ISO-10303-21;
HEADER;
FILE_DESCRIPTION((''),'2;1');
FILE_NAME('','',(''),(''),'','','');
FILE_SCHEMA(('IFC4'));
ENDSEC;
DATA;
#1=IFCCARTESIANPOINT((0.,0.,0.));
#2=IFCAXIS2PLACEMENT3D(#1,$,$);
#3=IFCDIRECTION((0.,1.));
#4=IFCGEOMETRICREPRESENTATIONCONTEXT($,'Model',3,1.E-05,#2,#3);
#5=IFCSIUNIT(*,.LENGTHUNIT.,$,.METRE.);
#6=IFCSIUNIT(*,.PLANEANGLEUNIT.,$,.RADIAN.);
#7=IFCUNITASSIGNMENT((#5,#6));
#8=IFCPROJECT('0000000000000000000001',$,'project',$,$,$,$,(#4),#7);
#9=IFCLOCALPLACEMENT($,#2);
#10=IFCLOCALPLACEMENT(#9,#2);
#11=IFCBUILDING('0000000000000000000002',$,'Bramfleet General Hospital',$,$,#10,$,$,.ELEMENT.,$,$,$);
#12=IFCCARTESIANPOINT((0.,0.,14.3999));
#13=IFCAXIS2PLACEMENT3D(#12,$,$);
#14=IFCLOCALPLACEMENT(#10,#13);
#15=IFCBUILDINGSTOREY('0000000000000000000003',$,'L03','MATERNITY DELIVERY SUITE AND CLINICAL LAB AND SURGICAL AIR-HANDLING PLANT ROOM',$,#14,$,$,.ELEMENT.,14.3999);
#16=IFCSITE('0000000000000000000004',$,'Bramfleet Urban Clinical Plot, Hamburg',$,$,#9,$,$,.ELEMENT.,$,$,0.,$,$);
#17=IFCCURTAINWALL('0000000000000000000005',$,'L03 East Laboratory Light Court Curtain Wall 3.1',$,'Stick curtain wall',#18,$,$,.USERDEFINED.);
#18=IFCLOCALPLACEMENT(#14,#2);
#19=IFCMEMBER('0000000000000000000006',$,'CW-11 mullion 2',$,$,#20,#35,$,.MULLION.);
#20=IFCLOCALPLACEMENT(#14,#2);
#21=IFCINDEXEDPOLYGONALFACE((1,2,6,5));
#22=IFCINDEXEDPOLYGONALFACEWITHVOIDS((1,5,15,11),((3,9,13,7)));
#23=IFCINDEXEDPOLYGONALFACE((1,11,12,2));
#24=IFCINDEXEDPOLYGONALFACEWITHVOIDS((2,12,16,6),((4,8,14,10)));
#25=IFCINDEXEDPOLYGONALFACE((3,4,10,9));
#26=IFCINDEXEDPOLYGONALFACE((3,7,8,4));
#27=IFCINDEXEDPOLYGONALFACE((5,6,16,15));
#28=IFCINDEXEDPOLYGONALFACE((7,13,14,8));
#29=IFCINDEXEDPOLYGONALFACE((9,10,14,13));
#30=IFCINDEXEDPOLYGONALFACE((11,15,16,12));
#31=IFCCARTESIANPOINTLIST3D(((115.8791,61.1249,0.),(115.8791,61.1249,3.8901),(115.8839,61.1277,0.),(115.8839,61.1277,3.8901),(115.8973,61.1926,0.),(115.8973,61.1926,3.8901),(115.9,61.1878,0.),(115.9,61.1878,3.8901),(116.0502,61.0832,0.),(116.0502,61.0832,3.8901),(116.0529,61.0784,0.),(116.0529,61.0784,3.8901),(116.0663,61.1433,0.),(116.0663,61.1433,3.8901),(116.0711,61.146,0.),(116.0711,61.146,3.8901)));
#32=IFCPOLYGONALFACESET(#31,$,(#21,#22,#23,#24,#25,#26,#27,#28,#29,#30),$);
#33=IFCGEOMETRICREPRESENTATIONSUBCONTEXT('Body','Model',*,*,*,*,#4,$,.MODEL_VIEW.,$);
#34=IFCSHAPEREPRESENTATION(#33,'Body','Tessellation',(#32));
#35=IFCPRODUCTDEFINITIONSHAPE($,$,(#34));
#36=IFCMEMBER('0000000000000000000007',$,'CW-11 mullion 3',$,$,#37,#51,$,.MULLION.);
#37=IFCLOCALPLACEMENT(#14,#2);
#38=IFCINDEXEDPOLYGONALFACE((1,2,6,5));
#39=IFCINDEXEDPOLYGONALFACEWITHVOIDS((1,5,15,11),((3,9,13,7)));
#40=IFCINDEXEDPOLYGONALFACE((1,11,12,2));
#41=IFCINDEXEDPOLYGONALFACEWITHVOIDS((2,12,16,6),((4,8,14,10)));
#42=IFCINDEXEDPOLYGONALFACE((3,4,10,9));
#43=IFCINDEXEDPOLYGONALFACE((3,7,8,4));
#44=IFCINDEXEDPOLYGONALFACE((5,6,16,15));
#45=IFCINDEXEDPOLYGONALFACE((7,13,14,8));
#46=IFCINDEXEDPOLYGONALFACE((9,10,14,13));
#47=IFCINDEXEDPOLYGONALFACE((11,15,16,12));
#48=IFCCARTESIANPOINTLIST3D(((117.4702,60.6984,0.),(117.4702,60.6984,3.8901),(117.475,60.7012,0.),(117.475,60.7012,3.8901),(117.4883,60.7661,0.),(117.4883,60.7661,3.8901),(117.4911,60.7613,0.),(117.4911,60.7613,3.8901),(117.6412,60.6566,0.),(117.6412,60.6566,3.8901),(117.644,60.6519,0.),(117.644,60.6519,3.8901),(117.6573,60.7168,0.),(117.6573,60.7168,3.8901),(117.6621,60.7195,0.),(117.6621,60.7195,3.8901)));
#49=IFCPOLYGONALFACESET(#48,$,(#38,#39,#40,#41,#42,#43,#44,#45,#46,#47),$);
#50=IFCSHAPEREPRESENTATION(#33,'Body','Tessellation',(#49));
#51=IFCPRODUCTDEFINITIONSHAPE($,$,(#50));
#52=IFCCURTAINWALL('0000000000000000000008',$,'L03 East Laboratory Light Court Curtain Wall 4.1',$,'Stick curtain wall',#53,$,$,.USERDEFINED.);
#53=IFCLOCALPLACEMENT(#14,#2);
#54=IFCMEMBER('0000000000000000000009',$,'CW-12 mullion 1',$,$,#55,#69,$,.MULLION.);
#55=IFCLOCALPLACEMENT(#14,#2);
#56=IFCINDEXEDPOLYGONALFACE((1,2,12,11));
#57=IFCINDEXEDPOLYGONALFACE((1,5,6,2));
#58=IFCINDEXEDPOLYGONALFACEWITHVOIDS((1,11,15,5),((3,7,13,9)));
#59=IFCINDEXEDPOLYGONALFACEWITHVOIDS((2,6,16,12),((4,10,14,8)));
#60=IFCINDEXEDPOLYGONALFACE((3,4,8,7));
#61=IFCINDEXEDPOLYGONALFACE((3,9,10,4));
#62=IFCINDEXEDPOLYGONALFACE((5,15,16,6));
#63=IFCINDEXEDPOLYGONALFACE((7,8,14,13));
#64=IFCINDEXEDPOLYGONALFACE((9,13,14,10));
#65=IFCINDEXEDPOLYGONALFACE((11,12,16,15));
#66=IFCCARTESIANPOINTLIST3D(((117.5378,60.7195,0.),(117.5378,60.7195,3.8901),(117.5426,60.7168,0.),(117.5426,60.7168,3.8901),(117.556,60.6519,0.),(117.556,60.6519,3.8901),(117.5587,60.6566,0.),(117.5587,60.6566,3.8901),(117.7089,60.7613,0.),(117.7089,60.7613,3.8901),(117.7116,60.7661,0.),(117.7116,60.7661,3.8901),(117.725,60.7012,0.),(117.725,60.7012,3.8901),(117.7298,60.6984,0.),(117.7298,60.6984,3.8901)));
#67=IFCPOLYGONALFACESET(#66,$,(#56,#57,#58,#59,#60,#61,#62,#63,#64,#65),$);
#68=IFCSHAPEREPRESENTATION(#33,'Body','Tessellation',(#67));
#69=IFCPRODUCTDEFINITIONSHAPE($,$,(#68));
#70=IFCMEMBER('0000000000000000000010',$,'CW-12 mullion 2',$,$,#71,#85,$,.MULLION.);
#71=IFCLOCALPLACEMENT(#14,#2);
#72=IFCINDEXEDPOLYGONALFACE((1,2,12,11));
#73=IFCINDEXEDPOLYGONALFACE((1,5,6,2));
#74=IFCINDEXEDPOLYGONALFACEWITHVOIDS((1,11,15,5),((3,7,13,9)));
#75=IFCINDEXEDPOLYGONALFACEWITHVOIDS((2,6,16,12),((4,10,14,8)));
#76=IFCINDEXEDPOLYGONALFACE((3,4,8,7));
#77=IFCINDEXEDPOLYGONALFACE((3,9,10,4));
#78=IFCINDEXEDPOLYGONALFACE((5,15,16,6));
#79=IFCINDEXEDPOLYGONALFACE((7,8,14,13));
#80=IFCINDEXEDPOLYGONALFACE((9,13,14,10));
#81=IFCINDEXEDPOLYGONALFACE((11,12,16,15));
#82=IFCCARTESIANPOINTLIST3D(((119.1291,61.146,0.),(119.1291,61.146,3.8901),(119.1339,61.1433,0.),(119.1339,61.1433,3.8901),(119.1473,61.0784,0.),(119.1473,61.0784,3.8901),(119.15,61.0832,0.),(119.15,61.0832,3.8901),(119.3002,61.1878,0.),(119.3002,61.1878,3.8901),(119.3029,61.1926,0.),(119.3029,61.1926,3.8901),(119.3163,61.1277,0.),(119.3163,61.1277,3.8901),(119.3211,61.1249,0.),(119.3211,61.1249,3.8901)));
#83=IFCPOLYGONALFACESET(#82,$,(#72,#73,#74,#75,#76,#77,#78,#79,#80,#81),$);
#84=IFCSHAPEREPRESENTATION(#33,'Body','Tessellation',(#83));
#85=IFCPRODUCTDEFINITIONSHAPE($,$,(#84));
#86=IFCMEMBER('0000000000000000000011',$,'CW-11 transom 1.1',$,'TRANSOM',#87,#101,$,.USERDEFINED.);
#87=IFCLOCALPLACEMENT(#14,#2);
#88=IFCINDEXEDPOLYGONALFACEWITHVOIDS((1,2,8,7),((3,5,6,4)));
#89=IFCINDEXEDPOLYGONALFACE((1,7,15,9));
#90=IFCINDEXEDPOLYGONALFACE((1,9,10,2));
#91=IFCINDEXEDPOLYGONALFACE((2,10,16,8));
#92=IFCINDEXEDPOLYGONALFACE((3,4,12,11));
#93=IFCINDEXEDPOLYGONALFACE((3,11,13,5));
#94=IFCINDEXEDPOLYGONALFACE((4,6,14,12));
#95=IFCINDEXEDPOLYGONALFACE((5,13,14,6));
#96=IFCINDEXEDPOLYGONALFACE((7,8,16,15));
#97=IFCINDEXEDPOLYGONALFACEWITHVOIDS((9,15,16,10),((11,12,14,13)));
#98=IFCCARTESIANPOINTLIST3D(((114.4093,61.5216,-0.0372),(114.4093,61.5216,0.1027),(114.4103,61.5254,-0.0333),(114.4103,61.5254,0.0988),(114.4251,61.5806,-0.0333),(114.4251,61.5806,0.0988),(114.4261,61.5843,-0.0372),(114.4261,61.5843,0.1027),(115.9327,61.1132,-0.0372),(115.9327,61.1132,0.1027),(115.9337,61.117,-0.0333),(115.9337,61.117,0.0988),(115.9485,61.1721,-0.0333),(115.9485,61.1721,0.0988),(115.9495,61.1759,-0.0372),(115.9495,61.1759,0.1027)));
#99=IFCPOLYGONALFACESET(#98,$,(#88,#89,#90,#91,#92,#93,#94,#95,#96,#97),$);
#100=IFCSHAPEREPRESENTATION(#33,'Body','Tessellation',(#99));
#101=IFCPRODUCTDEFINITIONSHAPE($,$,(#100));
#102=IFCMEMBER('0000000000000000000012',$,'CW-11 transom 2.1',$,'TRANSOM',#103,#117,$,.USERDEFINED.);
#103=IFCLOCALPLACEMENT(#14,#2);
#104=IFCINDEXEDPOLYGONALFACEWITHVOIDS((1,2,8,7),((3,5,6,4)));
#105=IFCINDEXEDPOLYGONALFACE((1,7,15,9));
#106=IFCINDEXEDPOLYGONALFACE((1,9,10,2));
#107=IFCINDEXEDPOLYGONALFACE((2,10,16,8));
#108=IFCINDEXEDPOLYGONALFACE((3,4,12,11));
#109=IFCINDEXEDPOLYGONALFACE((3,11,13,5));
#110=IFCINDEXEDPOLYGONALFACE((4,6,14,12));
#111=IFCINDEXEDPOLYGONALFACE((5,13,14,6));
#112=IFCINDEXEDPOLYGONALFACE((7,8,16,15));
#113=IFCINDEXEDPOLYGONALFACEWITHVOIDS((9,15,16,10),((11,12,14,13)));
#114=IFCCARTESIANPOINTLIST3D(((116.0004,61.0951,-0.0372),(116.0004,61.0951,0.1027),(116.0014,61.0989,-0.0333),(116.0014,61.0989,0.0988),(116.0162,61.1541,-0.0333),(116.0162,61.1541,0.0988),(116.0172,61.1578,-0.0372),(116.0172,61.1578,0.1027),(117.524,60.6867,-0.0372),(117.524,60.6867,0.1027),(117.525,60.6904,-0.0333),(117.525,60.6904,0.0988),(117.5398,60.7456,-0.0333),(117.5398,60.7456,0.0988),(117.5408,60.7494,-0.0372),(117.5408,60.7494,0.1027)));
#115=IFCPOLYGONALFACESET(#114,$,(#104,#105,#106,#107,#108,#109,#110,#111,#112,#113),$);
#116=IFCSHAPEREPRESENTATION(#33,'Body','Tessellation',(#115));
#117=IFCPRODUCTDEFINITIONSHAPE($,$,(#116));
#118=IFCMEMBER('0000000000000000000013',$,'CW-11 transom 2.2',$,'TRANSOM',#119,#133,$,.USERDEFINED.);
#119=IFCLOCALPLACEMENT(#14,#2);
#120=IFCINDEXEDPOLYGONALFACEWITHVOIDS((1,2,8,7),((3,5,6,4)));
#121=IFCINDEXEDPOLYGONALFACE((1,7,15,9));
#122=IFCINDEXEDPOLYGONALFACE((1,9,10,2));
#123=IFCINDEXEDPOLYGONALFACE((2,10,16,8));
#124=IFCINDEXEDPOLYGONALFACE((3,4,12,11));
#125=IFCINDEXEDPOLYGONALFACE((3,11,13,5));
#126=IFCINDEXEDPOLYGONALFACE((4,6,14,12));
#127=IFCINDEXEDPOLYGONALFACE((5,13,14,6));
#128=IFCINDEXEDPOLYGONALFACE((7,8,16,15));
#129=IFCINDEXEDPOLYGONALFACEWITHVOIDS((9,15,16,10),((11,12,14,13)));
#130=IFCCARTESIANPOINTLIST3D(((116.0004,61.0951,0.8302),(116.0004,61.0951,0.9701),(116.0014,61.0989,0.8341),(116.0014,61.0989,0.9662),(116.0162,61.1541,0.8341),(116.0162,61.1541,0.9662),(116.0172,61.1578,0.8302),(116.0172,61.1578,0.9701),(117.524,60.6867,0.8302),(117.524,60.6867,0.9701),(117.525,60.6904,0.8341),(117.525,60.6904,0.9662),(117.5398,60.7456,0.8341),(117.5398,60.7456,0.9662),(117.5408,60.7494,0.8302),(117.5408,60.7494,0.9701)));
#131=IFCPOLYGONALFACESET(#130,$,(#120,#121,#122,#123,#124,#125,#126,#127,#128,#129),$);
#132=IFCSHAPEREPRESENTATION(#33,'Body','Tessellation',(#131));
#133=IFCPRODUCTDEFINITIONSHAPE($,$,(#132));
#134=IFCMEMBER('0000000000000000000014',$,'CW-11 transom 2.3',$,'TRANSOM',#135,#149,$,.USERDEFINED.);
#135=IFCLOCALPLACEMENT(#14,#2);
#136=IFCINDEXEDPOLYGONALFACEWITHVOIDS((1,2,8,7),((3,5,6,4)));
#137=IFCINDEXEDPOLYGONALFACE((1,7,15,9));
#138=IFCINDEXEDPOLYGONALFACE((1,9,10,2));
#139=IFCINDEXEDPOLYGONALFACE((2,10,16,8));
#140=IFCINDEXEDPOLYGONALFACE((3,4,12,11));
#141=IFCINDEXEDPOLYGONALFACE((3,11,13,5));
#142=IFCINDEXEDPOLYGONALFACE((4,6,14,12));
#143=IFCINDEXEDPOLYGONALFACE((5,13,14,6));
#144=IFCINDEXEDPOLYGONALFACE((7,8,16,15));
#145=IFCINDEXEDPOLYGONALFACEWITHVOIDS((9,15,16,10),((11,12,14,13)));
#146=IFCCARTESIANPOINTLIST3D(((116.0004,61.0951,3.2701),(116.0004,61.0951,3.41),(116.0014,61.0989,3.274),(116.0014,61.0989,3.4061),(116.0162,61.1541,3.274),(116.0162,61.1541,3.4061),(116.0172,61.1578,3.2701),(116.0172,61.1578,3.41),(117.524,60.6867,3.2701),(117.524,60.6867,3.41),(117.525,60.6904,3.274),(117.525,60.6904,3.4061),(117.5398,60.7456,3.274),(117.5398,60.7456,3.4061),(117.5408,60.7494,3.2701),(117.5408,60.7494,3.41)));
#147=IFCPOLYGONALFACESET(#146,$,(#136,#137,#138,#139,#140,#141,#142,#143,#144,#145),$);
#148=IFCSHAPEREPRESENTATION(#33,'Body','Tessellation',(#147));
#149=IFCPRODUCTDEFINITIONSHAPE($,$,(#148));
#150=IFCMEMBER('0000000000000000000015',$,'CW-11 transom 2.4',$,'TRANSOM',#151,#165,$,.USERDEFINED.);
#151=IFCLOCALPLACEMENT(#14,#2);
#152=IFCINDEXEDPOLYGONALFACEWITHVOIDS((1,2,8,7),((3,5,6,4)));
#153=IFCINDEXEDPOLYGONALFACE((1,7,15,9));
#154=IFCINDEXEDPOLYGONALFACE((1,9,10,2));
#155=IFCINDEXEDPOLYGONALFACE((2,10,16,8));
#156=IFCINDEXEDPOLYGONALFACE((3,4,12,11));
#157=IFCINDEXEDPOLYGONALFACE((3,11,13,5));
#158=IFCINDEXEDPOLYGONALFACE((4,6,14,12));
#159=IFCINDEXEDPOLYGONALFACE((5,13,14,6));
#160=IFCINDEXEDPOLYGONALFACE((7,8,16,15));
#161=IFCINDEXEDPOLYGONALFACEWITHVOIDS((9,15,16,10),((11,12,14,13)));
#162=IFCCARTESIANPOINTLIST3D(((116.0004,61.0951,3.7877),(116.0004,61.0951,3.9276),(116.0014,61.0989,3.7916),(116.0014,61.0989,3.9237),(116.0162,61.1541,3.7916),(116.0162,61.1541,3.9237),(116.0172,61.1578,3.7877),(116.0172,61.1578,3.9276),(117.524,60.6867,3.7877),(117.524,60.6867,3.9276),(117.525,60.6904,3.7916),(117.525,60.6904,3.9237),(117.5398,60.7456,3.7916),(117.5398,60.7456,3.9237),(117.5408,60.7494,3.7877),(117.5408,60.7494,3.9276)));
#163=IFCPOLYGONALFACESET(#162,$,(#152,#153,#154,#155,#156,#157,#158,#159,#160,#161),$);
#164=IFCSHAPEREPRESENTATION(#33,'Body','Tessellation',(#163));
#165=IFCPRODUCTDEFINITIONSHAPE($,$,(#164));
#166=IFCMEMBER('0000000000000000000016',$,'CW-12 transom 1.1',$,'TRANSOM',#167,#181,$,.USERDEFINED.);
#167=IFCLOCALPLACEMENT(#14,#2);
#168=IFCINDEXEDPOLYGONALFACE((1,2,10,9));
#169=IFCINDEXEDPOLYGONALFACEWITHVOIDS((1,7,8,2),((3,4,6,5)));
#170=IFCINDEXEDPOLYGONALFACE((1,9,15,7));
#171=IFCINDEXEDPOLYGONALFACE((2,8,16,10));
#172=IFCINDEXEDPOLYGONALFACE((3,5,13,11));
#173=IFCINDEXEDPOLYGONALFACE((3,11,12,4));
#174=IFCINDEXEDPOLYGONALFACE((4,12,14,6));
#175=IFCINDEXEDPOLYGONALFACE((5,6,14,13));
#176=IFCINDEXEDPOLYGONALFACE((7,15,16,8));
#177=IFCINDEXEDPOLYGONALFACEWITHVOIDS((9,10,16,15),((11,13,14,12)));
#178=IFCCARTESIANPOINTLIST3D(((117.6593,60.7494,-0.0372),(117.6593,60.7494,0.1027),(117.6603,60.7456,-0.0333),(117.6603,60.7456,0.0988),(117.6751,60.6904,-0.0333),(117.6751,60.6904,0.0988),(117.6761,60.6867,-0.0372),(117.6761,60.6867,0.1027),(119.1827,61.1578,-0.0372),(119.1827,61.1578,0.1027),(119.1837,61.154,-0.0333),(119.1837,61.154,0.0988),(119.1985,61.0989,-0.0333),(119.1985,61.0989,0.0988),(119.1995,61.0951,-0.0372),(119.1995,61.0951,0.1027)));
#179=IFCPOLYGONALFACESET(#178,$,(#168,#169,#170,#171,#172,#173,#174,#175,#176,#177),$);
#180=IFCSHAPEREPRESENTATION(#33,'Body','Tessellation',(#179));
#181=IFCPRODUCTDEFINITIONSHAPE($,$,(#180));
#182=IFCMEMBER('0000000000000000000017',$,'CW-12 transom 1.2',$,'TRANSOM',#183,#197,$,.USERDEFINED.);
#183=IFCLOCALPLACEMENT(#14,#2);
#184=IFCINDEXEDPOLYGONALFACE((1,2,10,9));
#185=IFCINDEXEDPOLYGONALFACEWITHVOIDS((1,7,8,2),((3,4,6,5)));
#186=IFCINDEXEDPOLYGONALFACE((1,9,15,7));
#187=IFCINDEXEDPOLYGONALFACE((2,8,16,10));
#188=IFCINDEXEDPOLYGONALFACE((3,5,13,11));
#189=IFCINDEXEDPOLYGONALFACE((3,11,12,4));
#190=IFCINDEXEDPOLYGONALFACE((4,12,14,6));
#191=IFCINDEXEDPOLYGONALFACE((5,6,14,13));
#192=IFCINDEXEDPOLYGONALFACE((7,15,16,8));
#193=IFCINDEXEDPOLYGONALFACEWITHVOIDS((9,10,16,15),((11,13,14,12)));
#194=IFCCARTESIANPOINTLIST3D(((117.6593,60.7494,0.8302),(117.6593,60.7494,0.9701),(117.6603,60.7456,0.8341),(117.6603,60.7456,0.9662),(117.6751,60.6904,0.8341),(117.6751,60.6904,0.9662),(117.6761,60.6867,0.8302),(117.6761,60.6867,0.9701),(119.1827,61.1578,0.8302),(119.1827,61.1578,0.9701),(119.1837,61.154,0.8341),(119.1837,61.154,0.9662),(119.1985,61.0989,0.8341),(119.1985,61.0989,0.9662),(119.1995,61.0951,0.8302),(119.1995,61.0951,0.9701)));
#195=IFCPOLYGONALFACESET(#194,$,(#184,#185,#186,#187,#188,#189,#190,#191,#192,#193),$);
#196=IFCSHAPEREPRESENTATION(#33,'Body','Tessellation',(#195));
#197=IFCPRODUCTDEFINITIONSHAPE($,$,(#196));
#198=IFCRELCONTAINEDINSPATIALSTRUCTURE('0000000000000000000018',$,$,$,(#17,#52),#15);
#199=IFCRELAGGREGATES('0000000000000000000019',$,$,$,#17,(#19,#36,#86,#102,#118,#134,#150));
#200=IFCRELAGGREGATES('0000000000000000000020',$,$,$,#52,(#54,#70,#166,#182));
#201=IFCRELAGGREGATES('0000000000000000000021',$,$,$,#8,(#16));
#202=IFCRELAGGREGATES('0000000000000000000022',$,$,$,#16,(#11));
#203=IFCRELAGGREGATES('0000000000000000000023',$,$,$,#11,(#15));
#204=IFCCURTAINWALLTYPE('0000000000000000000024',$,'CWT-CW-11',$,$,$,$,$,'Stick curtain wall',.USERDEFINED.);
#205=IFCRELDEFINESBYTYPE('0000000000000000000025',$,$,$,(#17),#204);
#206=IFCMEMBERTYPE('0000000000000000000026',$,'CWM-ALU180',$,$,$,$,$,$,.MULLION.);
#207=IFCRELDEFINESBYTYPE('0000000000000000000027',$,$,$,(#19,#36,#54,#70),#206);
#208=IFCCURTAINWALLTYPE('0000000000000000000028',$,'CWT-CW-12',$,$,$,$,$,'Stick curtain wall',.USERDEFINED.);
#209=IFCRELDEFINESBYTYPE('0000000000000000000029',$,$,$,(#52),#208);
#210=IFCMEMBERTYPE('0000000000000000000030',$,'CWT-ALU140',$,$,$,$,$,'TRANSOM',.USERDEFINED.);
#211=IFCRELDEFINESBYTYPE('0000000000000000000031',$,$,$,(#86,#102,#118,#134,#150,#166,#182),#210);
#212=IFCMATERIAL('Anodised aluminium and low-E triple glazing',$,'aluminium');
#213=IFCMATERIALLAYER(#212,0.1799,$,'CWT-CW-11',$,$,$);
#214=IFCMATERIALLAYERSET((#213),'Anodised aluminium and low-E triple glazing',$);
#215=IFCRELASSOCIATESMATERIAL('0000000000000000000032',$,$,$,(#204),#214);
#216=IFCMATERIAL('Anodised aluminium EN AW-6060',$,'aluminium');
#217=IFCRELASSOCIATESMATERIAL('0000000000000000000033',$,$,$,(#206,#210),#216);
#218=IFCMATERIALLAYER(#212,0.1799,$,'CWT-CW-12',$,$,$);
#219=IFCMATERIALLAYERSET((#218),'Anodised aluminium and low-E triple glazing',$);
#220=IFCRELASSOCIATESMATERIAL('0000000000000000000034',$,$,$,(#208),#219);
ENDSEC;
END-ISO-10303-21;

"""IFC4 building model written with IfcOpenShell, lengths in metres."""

from ifc_helpers import new_model, si_unit, direction, frame, origin, origin_2d, place, context, subcontext, project, spatial, hollow_rectangle, extrude, material, layer, layer_set, material_profile, profile_set, type_object, element, aggregate, save


model = new_model("IFC4")

# Units and contexts
model_context = context("Model", 3, precision=1e-05, world=origin(), true_north=direction((0.0, 1.0)))
body_context = subcontext(model_context, "Body", "Model", "MODEL_VIEW")
ifc_project = project(units=[si_unit("LENGTHUNIT", "METRE"), si_unit("PLANEANGLEUNIT", "RADIAN")], contexts=[model_context])

# Site, building, storey
site_placement = place(None, origin())
site = spatial("IfcSite", under=ifc_project, at=site_placement, Name="Bramfleet Urban Clinical Plot, Hamburg", CompositionType="ELEMENT", RefElevation=0.0)
building_placement = place(site_placement, origin())
building = spatial("IfcBuilding", under=site, at=building_placement, Name="Bramfleet General Hospital", CompositionType="ELEMENT")
storey_placement = place(building_placement, frame((0.0, 0.0, 14.3999)))
storey = spatial("IfcBuildingStorey", under=building, at=storey_placement, Name="L03", Description="MATERNITY DELIVERY SUITE AND CLINICAL LAB AND SURGICAL AIR-HANDLING PLANT ROOM", CompositionType="ELEMENT", Elevation=14.3999)

# Curtain walls, members
ifc_material_1 = material(Name="Anodised aluminium and low-E triple glazing", Category="aluminium")
ifc_layer_1 = layer(ifc_material_1, 0.1799, Name="CWT-CW-11")
ifc_layer_set_1 = layer_set([ifc_layer_1], Name="Anodised aluminium and low-E triple glazing")
curtain_wall_type_1 = type_object("IfcCurtainWallType", Name="CWT-CW-11", ElementType="Stick curtain wall", PredefinedType="USERDEFINED", material=ifc_layer_set_1)
curtain_wall_1_placement = place(storey_placement, origin())
curtain_wall_1 = element("IfcCurtainWall", 1, at=curtain_wall_1_placement, inside=storey, type_object=curtain_wall_type_1, Name="L03 East Laboratory Light Court Curtain Wall 3.1", ObjectType="Stick curtain wall", PredefinedType="USERDEFINED")
ifc_material_2 = material(Name="Anodised aluminium EN AW-6060", Category="aluminium")
ifc_material_profile_1 = material_profile(ifc_material_2, hollow_rectangle(XDim=0.0701, YDim=0.1799, WallThickness=0.0039, at=origin_2d()), Name="ALU 180x70x4.0")
ifc_profile_set_1 = profile_set([ifc_material_profile_1], Name="Anodised aluminium EN AW-6060")
member_type_1 = type_object("IfcMemberType", Name="CWM-ALU180", PredefinedType="MULLION", material=ifc_profile_set_1)
member_1_placement = place(storey_placement, frame((115.9751, 61.1355, 0.0), z_axis=(0.0, 0.0, 1.0), x_axis=(0.258865, 0.965914, 0.0)))
member_1 = element("IfcMember", 2, at=member_1_placement, type_object=member_type_1, Name="CW-11 mullion 2", PredefinedType="MULLION", context=body_context, shape_type="SweptSolid", body=[
    extrude(hollow_rectangle(XDim=0.0701, YDim=0.1799, WallThickness=0.0039, at=origin_2d()), origin(), (0.0, 0.0, 1.0), 3.8901),
])
member_2_placement = place(storey_placement, frame((117.5662, 60.709, 0.0), z_axis=(0.0, 0.0, 1.0), x_axis=(0.258865, 0.965914, 0.0)))
member_2 = element("IfcMember", 3, at=member_2_placement, type_object=member_type_1, Name="CW-11 mullion 3", PredefinedType="MULLION", context=body_context, shape_type="SweptSolid", body=[
    extrude(hollow_rectangle(XDim=0.0701, YDim=0.1799, WallThickness=0.0039, at=origin_2d()), origin(), (0.0, 0.0, 1.0), 3.8901),
])
ifc_layer_2 = layer(ifc_material_1, 0.1799, Name="CWT-CW-12")
ifc_layer_set_2 = layer_set([ifc_layer_2], Name="Anodised aluminium and low-E triple glazing")
curtain_wall_type_2 = type_object("IfcCurtainWallType", Name="CWT-CW-12", ElementType="Stick curtain wall", PredefinedType="USERDEFINED", material=ifc_layer_set_2)
curtain_wall_2_placement = place(storey_placement, origin())
curtain_wall_2 = element("IfcCurtainWall", 4, at=curtain_wall_2_placement, inside=storey, type_object=curtain_wall_type_2, Name="L03 East Laboratory Light Court Curtain Wall 4.1", ObjectType="Stick curtain wall", PredefinedType="USERDEFINED")
member_3_placement = place(storey_placement, frame((117.6338, 60.709, 0.0), z_axis=(0.0, 0.0, 1.0), x_axis=(-0.258865, 0.965914, 0.0)))
member_3 = element("IfcMember", 5, at=member_3_placement, type_object=member_type_1, Name="CW-12 mullion 1", PredefinedType="MULLION", context=body_context, shape_type="SweptSolid", body=[
    extrude(hollow_rectangle(XDim=0.0701, YDim=0.1799, WallThickness=0.0039, at=origin_2d()), origin(), (0.0, 0.0, 1.0), 3.8901),
])
member_4_placement = place(storey_placement, frame((119.2251, 61.1355, 0.0), z_axis=(0.0, 0.0, 1.0), x_axis=(-0.258865, 0.965914, 0.0)))
member_4 = element("IfcMember", 6, at=member_4_placement, type_object=member_type_1, Name="CW-12 mullion 2", PredefinedType="MULLION", context=body_context, shape_type="SweptSolid", body=[
    extrude(hollow_rectangle(XDim=0.0701, YDim=0.1799, WallThickness=0.0039, at=origin_2d()), origin(), (0.0, 0.0, 1.0), 3.8901),
])

# Members
ifc_material_profile_2 = material_profile(ifc_material_2, hollow_rectangle(XDim=0.0649, YDim=0.1399, WallThickness=0.0039, at=origin_2d()), Name="ALU 140x65x4.0")
ifc_profile_set_2 = profile_set([ifc_material_profile_2], Name="Anodised aluminium EN AW-6060")
member_type_2 = type_object("IfcMemberType", Name="CWT-ALU140", ElementType="TRANSOM", PredefinedType="USERDEFINED", material=ifc_profile_set_2)
member_5_placement = place(storey_placement, frame((114.4177, 61.553, 0.0327), z_axis=(0.965887, -0.258963, 0.0), x_axis=(0.258963, 0.965887, 0.0)))
member_5 = element("IfcMember", 7, at=member_5_placement, type_object=member_type_2, Name="CW-11 transom 1.1", ObjectType="TRANSOM", PredefinedType="USERDEFINED", context=body_context, shape_type="SweptSolid", body=[
    extrude(hollow_rectangle(XDim=0.0649, YDim=0.1399, WallThickness=0.0039, at=origin_2d()), origin(), (0.0, 0.0, 1.0), 1.5771),
])
member_6_placement = place(storey_placement, frame((116.0088, 61.1265, 0.0327), z_axis=(0.965898, -0.258924, 0.0), x_axis=(0.258924, 0.965898, 0.0)))
member_6 = element("IfcMember", 8, at=member_6_placement, type_object=member_type_2, Name="CW-11 transom 2.1", ObjectType="TRANSOM", PredefinedType="USERDEFINED", context=body_context, shape_type="SweptSolid", body=[
    extrude(hollow_rectangle(XDim=0.0649, YDim=0.1399, WallThickness=0.0039, at=origin_2d()), origin(), (0.0, 0.0, 1.0), 1.5774),
])
member_7_placement = place(storey_placement, frame((116.0088, 61.1265, 0.9001), z_axis=(0.965898, -0.258924, 0.0), x_axis=(0.258924, 0.965898, 0.0)))
member_7 = element("IfcMember", 9, at=member_7_placement, type_object=member_type_2, Name="CW-11 transom 2.2", ObjectType="TRANSOM", PredefinedType="USERDEFINED", context=body_context, shape_type="SweptSolid", body=[
    extrude(hollow_rectangle(XDim=0.0649, YDim=0.1399, WallThickness=0.0039, at=origin_2d()), origin(), (0.0, 0.0, 1.0), 1.5774),
])
member_8_placement = place(storey_placement, frame((116.0088, 61.1265, 3.3401), z_axis=(0.965898, -0.258924, 0.0), x_axis=(0.258924, 0.965898, 0.0)))
member_8 = element("IfcMember", 10, at=member_8_placement, type_object=member_type_2, Name="CW-11 transom 2.3", ObjectType="TRANSOM", PredefinedType="USERDEFINED", context=body_context, shape_type="SweptSolid", body=[
    extrude(hollow_rectangle(XDim=0.0649, YDim=0.1399, WallThickness=0.0039, at=origin_2d()), origin(), (0.0, 0.0, 1.0), 1.5774),
])
member_9_placement = place(storey_placement, frame((116.0088, 61.1265, 3.8577), z_axis=(0.965898, -0.258924, 0.0), x_axis=(0.258924, 0.965898, 0.0)))
member_9 = element("IfcMember", 11, at=member_9_placement, type_object=member_type_2, Name="CW-11 transom 2.4", ObjectType="TRANSOM", PredefinedType="USERDEFINED", context=body_context, shape_type="SweptSolid", body=[
    extrude(hollow_rectangle(XDim=0.0649, YDim=0.1399, WallThickness=0.0039, at=origin_2d()), origin(), (0.0, 0.0, 1.0), 1.5774),
])
member_10_placement = place(storey_placement, frame((117.6677, 60.718, 0.0327), z_axis=(0.965887, 0.258963, 0.0), x_axis=(-0.258963, 0.965887, 0.0)))
member_10 = element("IfcMember", 12, at=member_10_placement, type_object=member_type_2, Name="CW-12 transom 1.1", ObjectType="TRANSOM", PredefinedType="USERDEFINED", context=body_context, shape_type="SweptSolid", body=[
    extrude(hollow_rectangle(XDim=0.0649, YDim=0.1399, WallThickness=0.0039, at=origin_2d()), origin(), (0.0, 0.0, 1.0), 1.5771),
])
member_11_placement = place(storey_placement, frame((117.6677, 60.718, 0.9001), z_axis=(0.965887, 0.258963, 0.0), x_axis=(-0.258963, 0.965887, 0.0)))
member_11 = element("IfcMember", 13, at=member_11_placement, type_object=member_type_2, Name="CW-12 transom 1.2", ObjectType="TRANSOM", PredefinedType="USERDEFINED", context=body_context, shape_type="SweptSolid", body=[
    extrude(hollow_rectangle(XDim=0.0649, YDim=0.1399, WallThickness=0.0039, at=origin_2d()), origin(), (0.0, 0.0, 1.0), 1.5771),
])

aggregate(curtain_wall_1, [member_1, member_2, member_5, member_6, member_7, member_8, member_9])
aggregate(curtain_wall_2, [member_3, member_4, member_10, member_11])

save(model, "model.ifc")
